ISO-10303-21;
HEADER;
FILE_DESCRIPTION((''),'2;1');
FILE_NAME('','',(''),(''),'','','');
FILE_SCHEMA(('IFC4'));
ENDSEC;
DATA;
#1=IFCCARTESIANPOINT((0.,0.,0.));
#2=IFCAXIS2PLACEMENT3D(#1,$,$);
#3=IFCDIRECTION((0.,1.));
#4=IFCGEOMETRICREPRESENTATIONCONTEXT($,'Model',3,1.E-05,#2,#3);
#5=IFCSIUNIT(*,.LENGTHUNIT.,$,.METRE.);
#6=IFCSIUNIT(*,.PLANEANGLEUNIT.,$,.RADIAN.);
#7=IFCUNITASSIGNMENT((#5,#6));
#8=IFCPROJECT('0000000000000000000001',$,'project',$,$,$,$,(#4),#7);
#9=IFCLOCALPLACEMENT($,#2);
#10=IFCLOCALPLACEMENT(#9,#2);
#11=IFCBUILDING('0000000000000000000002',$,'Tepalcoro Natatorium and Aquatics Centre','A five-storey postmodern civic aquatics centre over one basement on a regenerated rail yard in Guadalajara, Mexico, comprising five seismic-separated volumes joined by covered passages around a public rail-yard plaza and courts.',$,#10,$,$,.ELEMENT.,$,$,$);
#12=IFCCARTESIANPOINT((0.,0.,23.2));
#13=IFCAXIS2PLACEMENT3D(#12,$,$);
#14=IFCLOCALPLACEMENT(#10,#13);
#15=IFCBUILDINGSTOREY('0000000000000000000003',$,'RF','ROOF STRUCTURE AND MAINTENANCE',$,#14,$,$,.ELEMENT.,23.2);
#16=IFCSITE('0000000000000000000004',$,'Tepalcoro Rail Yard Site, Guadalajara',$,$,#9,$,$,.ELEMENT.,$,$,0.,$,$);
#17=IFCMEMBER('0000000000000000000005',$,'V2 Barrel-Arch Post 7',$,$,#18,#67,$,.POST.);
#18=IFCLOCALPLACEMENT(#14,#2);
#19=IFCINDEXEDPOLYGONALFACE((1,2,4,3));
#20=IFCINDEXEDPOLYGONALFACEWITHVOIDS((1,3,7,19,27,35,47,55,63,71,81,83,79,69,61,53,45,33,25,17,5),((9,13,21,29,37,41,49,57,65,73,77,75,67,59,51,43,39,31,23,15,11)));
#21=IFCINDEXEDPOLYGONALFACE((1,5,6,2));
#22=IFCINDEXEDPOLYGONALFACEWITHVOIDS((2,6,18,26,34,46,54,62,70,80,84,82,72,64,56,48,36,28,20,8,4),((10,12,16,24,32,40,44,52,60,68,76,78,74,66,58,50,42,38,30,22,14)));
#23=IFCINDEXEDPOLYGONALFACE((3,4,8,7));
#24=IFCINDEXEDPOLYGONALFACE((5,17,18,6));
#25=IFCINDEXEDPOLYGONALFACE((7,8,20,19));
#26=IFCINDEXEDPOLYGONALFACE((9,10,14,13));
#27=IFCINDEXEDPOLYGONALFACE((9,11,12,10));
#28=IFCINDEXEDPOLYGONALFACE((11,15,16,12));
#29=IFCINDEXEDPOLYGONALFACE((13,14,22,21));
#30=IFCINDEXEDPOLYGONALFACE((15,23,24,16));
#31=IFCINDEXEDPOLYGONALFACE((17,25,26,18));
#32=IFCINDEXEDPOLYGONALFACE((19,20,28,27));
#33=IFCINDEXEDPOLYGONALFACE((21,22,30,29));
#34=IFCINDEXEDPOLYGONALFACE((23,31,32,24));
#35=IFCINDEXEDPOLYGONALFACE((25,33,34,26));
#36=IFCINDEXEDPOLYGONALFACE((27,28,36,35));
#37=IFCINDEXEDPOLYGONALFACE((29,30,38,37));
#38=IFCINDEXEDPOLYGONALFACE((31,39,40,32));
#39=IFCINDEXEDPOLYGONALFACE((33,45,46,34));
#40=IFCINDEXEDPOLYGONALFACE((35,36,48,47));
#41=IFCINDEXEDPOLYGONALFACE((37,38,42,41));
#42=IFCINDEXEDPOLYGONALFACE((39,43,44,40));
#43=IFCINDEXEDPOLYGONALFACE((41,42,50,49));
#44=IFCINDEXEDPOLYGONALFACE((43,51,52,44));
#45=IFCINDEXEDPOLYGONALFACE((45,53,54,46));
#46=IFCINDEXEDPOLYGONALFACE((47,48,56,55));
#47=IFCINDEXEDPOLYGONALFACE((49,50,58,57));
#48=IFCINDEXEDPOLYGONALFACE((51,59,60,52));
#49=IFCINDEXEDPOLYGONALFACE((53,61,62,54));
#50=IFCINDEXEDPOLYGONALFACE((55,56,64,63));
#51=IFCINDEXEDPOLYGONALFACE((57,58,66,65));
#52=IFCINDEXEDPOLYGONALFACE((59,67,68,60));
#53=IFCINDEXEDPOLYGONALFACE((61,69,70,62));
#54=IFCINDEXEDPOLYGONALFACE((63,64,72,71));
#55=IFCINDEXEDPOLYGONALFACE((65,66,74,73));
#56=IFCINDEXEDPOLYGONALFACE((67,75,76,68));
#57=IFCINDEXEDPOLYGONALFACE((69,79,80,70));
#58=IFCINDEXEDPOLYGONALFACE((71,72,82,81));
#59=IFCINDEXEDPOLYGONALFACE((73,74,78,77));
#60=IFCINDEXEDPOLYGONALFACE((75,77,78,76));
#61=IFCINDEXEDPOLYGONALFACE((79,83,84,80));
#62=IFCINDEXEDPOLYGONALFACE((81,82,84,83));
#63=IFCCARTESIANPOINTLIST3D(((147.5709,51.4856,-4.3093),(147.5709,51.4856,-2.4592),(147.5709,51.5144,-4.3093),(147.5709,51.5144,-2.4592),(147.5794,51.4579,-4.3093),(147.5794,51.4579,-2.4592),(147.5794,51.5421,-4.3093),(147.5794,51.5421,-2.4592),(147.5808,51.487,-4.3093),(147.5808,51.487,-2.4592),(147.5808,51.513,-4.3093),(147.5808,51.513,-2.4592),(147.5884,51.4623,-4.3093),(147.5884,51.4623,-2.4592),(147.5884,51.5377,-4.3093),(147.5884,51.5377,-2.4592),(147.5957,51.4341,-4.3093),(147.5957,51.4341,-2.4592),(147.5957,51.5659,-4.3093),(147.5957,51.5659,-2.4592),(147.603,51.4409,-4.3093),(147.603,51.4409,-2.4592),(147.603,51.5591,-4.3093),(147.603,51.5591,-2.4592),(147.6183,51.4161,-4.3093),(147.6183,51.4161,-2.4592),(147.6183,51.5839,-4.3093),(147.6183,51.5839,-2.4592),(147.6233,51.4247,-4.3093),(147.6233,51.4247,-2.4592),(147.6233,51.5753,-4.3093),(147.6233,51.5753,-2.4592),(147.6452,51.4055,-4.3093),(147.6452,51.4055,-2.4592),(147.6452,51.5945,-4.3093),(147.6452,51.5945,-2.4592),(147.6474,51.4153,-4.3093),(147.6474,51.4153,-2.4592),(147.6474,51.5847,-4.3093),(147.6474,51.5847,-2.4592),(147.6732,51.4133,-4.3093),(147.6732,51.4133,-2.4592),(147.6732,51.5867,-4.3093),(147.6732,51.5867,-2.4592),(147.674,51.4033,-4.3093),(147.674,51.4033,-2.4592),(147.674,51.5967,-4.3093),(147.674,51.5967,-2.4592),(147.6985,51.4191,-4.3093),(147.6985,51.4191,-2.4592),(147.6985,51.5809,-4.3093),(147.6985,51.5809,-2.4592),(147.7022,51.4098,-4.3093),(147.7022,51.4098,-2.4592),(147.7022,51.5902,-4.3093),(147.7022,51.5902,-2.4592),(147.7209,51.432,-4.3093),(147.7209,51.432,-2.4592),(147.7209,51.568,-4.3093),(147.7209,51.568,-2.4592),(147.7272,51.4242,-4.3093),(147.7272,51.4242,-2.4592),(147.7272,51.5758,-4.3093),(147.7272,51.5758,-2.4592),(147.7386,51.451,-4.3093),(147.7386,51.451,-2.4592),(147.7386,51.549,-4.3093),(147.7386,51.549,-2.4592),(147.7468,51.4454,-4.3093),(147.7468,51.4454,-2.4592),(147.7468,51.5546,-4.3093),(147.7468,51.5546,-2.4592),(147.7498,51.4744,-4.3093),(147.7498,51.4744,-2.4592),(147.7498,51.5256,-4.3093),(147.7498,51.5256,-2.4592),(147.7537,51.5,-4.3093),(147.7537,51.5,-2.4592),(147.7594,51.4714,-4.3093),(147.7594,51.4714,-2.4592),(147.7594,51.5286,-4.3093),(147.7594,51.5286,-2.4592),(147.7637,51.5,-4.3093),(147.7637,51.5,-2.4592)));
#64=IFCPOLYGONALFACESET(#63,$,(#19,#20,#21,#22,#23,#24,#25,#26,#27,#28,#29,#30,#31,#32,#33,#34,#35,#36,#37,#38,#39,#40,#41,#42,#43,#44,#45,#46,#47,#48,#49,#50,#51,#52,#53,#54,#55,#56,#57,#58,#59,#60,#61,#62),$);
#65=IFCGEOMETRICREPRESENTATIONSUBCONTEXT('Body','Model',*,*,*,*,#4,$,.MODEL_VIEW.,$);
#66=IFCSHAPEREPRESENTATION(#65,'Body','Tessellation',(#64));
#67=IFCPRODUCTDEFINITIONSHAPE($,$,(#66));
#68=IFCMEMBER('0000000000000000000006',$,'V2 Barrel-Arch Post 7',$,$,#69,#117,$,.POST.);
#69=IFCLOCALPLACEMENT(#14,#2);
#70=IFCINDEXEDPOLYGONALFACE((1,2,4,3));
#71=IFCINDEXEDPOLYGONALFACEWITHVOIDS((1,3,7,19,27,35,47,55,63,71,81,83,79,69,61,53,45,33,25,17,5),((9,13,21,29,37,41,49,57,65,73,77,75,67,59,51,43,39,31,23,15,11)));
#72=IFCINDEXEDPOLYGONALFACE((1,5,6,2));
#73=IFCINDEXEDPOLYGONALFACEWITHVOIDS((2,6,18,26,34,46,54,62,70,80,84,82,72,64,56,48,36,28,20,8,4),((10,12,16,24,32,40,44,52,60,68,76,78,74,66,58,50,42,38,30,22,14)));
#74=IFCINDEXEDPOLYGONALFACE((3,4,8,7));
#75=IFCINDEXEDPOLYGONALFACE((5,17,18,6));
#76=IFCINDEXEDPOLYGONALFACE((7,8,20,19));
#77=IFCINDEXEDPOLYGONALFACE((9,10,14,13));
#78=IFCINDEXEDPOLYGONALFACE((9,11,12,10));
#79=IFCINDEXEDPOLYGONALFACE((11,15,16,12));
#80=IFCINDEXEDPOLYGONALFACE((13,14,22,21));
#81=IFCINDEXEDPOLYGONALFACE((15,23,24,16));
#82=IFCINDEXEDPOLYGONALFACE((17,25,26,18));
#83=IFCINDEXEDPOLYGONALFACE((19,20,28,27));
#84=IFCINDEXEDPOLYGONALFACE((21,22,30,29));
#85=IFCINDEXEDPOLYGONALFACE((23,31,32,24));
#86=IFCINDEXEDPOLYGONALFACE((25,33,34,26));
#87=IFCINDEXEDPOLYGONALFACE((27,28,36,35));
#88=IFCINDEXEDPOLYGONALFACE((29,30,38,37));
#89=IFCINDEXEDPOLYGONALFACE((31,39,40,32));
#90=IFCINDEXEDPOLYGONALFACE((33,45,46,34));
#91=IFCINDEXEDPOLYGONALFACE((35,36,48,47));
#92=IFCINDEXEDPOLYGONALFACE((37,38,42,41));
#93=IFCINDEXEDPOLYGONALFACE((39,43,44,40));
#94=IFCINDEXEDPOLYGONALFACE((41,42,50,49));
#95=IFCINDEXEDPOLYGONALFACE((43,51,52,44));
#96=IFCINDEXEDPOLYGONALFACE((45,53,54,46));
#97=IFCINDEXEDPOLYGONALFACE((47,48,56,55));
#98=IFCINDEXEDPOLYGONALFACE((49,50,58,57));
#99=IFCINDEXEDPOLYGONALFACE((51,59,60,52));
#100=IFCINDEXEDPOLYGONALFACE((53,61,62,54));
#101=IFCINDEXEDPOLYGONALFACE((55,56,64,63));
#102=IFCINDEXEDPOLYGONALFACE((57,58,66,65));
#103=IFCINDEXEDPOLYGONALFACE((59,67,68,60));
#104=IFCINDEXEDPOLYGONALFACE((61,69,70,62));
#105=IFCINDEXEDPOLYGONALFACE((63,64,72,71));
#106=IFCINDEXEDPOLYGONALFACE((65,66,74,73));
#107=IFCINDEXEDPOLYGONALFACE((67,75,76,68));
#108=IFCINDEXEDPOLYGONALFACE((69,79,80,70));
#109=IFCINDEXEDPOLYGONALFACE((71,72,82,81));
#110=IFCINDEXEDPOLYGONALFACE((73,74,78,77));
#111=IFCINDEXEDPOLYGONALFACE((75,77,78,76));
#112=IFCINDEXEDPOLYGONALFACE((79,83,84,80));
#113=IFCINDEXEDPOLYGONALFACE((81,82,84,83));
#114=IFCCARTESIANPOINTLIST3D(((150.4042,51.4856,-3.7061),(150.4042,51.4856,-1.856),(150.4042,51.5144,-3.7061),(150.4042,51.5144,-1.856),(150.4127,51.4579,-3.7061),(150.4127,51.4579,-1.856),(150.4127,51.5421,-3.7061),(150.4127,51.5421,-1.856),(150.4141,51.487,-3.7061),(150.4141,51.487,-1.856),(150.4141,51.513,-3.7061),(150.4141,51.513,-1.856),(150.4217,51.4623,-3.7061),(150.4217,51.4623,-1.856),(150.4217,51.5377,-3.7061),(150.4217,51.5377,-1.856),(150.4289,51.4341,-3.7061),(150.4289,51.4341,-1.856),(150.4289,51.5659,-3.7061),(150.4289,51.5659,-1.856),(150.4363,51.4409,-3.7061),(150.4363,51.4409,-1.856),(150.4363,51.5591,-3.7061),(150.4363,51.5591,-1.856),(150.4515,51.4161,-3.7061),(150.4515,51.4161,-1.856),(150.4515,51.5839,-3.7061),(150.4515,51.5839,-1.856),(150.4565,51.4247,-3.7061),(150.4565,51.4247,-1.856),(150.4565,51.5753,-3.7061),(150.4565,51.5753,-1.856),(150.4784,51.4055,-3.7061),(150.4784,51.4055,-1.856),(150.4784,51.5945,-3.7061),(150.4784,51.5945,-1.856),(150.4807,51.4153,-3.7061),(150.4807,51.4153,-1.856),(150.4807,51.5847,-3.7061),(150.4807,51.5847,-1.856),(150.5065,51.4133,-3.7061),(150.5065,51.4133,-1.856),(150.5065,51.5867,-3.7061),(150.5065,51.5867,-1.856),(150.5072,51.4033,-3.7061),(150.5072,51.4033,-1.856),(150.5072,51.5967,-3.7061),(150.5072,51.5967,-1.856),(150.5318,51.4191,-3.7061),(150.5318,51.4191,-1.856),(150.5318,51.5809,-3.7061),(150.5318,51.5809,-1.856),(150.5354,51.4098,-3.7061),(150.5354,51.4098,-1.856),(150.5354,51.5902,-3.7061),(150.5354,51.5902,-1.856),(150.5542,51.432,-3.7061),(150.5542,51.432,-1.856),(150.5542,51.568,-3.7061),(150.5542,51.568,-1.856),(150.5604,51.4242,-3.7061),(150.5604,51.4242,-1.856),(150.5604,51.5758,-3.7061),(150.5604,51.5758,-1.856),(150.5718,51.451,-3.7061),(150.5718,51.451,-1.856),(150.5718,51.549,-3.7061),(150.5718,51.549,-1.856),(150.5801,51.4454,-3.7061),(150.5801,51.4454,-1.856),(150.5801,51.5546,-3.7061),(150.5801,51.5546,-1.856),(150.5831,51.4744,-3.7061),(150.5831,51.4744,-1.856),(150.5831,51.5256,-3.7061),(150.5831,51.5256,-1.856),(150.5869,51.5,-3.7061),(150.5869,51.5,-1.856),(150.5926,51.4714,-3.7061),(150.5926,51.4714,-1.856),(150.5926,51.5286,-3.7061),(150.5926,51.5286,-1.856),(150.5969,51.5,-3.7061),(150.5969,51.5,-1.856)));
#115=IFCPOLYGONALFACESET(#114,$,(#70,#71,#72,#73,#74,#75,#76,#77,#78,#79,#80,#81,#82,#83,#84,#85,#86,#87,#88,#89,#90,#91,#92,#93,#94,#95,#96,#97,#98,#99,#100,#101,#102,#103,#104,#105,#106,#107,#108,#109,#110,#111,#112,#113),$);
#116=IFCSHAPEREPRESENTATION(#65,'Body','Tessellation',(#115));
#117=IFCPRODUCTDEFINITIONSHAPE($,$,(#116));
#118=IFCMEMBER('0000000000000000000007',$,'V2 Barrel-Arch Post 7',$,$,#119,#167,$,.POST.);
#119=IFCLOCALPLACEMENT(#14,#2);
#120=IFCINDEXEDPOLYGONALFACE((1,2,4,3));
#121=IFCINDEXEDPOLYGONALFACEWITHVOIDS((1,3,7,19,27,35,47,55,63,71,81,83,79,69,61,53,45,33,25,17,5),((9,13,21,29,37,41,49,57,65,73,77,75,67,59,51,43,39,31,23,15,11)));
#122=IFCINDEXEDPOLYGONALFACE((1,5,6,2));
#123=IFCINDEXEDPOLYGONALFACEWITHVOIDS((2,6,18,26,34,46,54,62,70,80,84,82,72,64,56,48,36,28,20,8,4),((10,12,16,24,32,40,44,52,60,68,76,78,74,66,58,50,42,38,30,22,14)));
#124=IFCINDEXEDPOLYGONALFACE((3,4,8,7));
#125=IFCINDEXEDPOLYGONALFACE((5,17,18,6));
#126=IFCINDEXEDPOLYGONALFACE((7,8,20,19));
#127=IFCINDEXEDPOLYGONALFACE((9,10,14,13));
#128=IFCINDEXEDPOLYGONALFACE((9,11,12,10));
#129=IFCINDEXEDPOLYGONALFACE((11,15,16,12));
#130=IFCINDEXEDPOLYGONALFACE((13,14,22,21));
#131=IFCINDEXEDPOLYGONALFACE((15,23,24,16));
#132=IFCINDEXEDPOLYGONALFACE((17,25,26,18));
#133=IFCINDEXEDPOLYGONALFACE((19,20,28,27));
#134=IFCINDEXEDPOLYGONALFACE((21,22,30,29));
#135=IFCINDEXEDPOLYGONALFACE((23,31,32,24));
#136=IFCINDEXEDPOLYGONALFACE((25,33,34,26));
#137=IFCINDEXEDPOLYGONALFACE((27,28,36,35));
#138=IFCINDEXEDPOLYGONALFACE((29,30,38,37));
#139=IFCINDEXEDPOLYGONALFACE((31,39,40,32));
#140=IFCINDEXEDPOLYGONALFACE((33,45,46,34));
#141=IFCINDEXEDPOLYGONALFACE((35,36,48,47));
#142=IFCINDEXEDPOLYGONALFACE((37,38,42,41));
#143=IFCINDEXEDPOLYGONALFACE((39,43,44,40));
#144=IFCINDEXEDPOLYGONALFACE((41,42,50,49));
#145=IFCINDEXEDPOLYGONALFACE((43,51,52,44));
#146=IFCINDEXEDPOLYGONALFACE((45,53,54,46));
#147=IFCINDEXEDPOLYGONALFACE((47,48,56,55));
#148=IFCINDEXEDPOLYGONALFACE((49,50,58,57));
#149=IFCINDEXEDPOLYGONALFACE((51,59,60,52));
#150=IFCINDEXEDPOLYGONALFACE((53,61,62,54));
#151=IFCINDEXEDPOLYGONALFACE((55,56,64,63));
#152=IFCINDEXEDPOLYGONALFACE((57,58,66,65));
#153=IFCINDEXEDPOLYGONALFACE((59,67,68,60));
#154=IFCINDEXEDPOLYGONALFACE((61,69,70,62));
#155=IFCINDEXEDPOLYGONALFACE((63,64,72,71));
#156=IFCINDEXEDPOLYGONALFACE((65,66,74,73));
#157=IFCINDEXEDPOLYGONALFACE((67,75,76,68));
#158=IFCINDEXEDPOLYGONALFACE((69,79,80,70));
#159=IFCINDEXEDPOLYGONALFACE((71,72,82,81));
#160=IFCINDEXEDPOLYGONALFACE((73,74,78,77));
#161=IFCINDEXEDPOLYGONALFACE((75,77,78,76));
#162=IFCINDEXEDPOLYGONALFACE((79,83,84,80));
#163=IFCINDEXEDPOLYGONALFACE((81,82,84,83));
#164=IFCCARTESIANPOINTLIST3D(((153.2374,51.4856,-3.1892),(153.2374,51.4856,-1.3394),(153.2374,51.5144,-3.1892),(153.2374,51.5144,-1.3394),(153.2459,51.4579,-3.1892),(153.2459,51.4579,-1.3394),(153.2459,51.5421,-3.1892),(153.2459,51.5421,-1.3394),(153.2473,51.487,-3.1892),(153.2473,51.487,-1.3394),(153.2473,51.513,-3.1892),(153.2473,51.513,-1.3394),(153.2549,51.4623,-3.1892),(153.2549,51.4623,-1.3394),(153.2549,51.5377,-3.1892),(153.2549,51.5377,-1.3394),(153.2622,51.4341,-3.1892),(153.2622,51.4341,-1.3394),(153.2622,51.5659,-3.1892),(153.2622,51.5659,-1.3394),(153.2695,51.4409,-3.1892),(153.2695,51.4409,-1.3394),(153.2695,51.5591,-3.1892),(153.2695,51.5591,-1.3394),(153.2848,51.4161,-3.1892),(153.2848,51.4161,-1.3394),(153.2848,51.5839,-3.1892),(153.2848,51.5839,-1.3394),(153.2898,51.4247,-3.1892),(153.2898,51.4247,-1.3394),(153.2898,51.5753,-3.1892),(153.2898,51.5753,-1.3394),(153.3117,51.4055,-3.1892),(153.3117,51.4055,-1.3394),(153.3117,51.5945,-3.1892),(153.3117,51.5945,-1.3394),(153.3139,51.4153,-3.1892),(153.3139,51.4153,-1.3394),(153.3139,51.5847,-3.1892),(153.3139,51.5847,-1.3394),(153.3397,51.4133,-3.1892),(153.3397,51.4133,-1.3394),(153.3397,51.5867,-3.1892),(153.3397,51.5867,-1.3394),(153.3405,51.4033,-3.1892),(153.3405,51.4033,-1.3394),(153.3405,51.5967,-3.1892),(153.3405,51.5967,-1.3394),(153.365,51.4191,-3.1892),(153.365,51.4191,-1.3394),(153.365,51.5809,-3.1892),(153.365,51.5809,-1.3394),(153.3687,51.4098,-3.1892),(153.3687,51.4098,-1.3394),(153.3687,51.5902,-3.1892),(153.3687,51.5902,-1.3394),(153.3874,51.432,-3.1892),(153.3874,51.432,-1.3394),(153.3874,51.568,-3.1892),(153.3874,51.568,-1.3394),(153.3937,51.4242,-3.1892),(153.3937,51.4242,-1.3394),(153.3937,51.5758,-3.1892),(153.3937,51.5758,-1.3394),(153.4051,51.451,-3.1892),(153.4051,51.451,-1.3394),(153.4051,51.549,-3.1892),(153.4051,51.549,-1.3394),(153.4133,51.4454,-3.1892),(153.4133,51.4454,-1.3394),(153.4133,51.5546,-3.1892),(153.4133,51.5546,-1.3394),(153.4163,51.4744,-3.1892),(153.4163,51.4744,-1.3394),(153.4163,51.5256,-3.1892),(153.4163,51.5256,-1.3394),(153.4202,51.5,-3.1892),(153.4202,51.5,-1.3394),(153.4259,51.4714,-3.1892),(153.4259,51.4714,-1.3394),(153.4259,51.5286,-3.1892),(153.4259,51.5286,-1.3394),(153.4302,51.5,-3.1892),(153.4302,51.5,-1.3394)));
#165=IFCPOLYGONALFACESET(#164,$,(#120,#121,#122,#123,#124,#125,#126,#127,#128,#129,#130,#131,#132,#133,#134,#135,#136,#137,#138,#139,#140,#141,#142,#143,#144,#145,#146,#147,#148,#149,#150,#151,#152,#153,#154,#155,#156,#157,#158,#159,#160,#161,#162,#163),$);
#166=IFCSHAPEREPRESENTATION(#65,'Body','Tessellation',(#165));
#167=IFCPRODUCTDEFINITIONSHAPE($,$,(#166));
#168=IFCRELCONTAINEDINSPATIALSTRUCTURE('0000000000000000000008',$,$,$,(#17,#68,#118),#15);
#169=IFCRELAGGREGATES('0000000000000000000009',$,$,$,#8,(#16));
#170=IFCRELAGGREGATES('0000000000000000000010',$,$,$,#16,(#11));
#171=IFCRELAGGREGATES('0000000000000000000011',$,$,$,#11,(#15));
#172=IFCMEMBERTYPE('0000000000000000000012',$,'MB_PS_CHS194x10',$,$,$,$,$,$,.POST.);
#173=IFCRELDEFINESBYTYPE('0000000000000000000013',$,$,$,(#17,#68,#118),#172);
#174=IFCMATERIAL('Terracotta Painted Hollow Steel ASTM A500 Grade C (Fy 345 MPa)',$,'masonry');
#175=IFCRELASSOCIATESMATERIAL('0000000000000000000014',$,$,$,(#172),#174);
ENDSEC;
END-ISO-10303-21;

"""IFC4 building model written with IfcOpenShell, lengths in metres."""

from ifc_helpers import new_model, si_unit, direction, frame, origin, origin_2d, place, context, subcontext, project, spatial, hollow_circle, extrude, material, material_profile, profile_set, type_object, element, save


model = new_model("IFC4")

# Units and contexts
model_context = context("Model", 3, precision=1e-05, world=origin(), true_north=direction((0.0, 1.0)))
body_context = subcontext(model_context, "Body", "Model", "MODEL_VIEW")
ifc_project = project(units=[si_unit("LENGTHUNIT", "METRE"), si_unit("PLANEANGLEUNIT", "RADIAN")], contexts=[model_context])

# Site, building, storey
site_placement = place(None, origin())
site = spatial("IfcSite", under=ifc_project, at=site_placement, Name="Tepalcoro Rail Yard Site, Guadalajara", CompositionType="ELEMENT", RefElevation=0.0)
building_placement = place(site_placement, origin())
building = spatial("IfcBuilding", under=site, at=building_placement, Name="Tepalcoro Natatorium and Aquatics Centre", Description="A five-storey postmodern civic aquatics centre over one basement on a regenerated rail yard in Guadalajara, Mexico, comprising five seismic-separated volumes joined by covered passages around a public rail-yard plaza and courts.", CompositionType="ELEMENT")
storey_placement = place(building_placement, frame((0.0, 0.0, 23.2)))
storey = spatial("IfcBuildingStorey", under=building, at=storey_placement, Name="RF", Description="ROOF STRUCTURE AND MAINTENANCE", CompositionType="ELEMENT", Elevation=23.2)

# Shared definitions
ifc_material_1 = material(Name="Terracotta Painted Hollow Steel ASTM A500 Grade C (Fy 345 MPa)", Category="masonry")

# Members
ifc_material_profile_1 = material_profile(ifc_material_1, hollow_circle(Radius=0.0969, WallThickness=0.01, at=origin_2d()), Name="CHS194X10")
ifc_profile_set_1 = profile_set([ifc_material_profile_1], Name="Terracotta Painted Hollow Steel ASTM A500 Grade C (Fy 345 MPa)")
member_type_1 = type_object("IfcMemberType", Name="MB_PS_CHS194x10", PredefinedType="POST", material=ifc_profile_set_1)
for number, where, z_axis, x_axis, name in (
    (1, (147.6667, 51.5, -4.3093), (0.0, 0.0, 1.0), (1.0, 0.0, 0.0), "V2 Barrel-Arch Post 7"),
    (2, (150.5, 51.5, -3.7061), (0.0, 0.0, 1.0), (1.0, 0.0, 0.0), "V2 Barrel-Arch Post 7"),
):
    element("IfcMember", number, at=place(storey_placement, frame(where, z_axis=z_axis, x_axis=x_axis)), inside=storey, type_object=member_type_1, Name=name, PredefinedType="POST", context=body_context, shape_type="SweptSolid", body=[
        extrude(hollow_circle(Radius=0.0969, WallThickness=0.01, at=origin_2d()), origin(), (0.0, 0.0, 1.0), 1.8501),
    ])
for number, where, z_axis, x_axis, name in (
    (3, (153.3333, 51.5, -3.1892), (0.0, 0.0, 1.0), (1.0, 0.0, 0.0), "V2 Barrel-Arch Post 7"),
):
    element("IfcMember", number, at=place(storey_placement, frame(where, z_axis=z_axis, x_axis=x_axis)), inside=storey, type_object=member_type_1, Name=name, PredefinedType="POST", context=body_context, shape_type="SweptSolid", body=[
        extrude(hollow_circle(Radius=0.0969, WallThickness=0.01, at=origin_2d()), origin(), (0.0, 0.0, 1.0), 1.8499),
    ])

save(model, "model.ifc")
